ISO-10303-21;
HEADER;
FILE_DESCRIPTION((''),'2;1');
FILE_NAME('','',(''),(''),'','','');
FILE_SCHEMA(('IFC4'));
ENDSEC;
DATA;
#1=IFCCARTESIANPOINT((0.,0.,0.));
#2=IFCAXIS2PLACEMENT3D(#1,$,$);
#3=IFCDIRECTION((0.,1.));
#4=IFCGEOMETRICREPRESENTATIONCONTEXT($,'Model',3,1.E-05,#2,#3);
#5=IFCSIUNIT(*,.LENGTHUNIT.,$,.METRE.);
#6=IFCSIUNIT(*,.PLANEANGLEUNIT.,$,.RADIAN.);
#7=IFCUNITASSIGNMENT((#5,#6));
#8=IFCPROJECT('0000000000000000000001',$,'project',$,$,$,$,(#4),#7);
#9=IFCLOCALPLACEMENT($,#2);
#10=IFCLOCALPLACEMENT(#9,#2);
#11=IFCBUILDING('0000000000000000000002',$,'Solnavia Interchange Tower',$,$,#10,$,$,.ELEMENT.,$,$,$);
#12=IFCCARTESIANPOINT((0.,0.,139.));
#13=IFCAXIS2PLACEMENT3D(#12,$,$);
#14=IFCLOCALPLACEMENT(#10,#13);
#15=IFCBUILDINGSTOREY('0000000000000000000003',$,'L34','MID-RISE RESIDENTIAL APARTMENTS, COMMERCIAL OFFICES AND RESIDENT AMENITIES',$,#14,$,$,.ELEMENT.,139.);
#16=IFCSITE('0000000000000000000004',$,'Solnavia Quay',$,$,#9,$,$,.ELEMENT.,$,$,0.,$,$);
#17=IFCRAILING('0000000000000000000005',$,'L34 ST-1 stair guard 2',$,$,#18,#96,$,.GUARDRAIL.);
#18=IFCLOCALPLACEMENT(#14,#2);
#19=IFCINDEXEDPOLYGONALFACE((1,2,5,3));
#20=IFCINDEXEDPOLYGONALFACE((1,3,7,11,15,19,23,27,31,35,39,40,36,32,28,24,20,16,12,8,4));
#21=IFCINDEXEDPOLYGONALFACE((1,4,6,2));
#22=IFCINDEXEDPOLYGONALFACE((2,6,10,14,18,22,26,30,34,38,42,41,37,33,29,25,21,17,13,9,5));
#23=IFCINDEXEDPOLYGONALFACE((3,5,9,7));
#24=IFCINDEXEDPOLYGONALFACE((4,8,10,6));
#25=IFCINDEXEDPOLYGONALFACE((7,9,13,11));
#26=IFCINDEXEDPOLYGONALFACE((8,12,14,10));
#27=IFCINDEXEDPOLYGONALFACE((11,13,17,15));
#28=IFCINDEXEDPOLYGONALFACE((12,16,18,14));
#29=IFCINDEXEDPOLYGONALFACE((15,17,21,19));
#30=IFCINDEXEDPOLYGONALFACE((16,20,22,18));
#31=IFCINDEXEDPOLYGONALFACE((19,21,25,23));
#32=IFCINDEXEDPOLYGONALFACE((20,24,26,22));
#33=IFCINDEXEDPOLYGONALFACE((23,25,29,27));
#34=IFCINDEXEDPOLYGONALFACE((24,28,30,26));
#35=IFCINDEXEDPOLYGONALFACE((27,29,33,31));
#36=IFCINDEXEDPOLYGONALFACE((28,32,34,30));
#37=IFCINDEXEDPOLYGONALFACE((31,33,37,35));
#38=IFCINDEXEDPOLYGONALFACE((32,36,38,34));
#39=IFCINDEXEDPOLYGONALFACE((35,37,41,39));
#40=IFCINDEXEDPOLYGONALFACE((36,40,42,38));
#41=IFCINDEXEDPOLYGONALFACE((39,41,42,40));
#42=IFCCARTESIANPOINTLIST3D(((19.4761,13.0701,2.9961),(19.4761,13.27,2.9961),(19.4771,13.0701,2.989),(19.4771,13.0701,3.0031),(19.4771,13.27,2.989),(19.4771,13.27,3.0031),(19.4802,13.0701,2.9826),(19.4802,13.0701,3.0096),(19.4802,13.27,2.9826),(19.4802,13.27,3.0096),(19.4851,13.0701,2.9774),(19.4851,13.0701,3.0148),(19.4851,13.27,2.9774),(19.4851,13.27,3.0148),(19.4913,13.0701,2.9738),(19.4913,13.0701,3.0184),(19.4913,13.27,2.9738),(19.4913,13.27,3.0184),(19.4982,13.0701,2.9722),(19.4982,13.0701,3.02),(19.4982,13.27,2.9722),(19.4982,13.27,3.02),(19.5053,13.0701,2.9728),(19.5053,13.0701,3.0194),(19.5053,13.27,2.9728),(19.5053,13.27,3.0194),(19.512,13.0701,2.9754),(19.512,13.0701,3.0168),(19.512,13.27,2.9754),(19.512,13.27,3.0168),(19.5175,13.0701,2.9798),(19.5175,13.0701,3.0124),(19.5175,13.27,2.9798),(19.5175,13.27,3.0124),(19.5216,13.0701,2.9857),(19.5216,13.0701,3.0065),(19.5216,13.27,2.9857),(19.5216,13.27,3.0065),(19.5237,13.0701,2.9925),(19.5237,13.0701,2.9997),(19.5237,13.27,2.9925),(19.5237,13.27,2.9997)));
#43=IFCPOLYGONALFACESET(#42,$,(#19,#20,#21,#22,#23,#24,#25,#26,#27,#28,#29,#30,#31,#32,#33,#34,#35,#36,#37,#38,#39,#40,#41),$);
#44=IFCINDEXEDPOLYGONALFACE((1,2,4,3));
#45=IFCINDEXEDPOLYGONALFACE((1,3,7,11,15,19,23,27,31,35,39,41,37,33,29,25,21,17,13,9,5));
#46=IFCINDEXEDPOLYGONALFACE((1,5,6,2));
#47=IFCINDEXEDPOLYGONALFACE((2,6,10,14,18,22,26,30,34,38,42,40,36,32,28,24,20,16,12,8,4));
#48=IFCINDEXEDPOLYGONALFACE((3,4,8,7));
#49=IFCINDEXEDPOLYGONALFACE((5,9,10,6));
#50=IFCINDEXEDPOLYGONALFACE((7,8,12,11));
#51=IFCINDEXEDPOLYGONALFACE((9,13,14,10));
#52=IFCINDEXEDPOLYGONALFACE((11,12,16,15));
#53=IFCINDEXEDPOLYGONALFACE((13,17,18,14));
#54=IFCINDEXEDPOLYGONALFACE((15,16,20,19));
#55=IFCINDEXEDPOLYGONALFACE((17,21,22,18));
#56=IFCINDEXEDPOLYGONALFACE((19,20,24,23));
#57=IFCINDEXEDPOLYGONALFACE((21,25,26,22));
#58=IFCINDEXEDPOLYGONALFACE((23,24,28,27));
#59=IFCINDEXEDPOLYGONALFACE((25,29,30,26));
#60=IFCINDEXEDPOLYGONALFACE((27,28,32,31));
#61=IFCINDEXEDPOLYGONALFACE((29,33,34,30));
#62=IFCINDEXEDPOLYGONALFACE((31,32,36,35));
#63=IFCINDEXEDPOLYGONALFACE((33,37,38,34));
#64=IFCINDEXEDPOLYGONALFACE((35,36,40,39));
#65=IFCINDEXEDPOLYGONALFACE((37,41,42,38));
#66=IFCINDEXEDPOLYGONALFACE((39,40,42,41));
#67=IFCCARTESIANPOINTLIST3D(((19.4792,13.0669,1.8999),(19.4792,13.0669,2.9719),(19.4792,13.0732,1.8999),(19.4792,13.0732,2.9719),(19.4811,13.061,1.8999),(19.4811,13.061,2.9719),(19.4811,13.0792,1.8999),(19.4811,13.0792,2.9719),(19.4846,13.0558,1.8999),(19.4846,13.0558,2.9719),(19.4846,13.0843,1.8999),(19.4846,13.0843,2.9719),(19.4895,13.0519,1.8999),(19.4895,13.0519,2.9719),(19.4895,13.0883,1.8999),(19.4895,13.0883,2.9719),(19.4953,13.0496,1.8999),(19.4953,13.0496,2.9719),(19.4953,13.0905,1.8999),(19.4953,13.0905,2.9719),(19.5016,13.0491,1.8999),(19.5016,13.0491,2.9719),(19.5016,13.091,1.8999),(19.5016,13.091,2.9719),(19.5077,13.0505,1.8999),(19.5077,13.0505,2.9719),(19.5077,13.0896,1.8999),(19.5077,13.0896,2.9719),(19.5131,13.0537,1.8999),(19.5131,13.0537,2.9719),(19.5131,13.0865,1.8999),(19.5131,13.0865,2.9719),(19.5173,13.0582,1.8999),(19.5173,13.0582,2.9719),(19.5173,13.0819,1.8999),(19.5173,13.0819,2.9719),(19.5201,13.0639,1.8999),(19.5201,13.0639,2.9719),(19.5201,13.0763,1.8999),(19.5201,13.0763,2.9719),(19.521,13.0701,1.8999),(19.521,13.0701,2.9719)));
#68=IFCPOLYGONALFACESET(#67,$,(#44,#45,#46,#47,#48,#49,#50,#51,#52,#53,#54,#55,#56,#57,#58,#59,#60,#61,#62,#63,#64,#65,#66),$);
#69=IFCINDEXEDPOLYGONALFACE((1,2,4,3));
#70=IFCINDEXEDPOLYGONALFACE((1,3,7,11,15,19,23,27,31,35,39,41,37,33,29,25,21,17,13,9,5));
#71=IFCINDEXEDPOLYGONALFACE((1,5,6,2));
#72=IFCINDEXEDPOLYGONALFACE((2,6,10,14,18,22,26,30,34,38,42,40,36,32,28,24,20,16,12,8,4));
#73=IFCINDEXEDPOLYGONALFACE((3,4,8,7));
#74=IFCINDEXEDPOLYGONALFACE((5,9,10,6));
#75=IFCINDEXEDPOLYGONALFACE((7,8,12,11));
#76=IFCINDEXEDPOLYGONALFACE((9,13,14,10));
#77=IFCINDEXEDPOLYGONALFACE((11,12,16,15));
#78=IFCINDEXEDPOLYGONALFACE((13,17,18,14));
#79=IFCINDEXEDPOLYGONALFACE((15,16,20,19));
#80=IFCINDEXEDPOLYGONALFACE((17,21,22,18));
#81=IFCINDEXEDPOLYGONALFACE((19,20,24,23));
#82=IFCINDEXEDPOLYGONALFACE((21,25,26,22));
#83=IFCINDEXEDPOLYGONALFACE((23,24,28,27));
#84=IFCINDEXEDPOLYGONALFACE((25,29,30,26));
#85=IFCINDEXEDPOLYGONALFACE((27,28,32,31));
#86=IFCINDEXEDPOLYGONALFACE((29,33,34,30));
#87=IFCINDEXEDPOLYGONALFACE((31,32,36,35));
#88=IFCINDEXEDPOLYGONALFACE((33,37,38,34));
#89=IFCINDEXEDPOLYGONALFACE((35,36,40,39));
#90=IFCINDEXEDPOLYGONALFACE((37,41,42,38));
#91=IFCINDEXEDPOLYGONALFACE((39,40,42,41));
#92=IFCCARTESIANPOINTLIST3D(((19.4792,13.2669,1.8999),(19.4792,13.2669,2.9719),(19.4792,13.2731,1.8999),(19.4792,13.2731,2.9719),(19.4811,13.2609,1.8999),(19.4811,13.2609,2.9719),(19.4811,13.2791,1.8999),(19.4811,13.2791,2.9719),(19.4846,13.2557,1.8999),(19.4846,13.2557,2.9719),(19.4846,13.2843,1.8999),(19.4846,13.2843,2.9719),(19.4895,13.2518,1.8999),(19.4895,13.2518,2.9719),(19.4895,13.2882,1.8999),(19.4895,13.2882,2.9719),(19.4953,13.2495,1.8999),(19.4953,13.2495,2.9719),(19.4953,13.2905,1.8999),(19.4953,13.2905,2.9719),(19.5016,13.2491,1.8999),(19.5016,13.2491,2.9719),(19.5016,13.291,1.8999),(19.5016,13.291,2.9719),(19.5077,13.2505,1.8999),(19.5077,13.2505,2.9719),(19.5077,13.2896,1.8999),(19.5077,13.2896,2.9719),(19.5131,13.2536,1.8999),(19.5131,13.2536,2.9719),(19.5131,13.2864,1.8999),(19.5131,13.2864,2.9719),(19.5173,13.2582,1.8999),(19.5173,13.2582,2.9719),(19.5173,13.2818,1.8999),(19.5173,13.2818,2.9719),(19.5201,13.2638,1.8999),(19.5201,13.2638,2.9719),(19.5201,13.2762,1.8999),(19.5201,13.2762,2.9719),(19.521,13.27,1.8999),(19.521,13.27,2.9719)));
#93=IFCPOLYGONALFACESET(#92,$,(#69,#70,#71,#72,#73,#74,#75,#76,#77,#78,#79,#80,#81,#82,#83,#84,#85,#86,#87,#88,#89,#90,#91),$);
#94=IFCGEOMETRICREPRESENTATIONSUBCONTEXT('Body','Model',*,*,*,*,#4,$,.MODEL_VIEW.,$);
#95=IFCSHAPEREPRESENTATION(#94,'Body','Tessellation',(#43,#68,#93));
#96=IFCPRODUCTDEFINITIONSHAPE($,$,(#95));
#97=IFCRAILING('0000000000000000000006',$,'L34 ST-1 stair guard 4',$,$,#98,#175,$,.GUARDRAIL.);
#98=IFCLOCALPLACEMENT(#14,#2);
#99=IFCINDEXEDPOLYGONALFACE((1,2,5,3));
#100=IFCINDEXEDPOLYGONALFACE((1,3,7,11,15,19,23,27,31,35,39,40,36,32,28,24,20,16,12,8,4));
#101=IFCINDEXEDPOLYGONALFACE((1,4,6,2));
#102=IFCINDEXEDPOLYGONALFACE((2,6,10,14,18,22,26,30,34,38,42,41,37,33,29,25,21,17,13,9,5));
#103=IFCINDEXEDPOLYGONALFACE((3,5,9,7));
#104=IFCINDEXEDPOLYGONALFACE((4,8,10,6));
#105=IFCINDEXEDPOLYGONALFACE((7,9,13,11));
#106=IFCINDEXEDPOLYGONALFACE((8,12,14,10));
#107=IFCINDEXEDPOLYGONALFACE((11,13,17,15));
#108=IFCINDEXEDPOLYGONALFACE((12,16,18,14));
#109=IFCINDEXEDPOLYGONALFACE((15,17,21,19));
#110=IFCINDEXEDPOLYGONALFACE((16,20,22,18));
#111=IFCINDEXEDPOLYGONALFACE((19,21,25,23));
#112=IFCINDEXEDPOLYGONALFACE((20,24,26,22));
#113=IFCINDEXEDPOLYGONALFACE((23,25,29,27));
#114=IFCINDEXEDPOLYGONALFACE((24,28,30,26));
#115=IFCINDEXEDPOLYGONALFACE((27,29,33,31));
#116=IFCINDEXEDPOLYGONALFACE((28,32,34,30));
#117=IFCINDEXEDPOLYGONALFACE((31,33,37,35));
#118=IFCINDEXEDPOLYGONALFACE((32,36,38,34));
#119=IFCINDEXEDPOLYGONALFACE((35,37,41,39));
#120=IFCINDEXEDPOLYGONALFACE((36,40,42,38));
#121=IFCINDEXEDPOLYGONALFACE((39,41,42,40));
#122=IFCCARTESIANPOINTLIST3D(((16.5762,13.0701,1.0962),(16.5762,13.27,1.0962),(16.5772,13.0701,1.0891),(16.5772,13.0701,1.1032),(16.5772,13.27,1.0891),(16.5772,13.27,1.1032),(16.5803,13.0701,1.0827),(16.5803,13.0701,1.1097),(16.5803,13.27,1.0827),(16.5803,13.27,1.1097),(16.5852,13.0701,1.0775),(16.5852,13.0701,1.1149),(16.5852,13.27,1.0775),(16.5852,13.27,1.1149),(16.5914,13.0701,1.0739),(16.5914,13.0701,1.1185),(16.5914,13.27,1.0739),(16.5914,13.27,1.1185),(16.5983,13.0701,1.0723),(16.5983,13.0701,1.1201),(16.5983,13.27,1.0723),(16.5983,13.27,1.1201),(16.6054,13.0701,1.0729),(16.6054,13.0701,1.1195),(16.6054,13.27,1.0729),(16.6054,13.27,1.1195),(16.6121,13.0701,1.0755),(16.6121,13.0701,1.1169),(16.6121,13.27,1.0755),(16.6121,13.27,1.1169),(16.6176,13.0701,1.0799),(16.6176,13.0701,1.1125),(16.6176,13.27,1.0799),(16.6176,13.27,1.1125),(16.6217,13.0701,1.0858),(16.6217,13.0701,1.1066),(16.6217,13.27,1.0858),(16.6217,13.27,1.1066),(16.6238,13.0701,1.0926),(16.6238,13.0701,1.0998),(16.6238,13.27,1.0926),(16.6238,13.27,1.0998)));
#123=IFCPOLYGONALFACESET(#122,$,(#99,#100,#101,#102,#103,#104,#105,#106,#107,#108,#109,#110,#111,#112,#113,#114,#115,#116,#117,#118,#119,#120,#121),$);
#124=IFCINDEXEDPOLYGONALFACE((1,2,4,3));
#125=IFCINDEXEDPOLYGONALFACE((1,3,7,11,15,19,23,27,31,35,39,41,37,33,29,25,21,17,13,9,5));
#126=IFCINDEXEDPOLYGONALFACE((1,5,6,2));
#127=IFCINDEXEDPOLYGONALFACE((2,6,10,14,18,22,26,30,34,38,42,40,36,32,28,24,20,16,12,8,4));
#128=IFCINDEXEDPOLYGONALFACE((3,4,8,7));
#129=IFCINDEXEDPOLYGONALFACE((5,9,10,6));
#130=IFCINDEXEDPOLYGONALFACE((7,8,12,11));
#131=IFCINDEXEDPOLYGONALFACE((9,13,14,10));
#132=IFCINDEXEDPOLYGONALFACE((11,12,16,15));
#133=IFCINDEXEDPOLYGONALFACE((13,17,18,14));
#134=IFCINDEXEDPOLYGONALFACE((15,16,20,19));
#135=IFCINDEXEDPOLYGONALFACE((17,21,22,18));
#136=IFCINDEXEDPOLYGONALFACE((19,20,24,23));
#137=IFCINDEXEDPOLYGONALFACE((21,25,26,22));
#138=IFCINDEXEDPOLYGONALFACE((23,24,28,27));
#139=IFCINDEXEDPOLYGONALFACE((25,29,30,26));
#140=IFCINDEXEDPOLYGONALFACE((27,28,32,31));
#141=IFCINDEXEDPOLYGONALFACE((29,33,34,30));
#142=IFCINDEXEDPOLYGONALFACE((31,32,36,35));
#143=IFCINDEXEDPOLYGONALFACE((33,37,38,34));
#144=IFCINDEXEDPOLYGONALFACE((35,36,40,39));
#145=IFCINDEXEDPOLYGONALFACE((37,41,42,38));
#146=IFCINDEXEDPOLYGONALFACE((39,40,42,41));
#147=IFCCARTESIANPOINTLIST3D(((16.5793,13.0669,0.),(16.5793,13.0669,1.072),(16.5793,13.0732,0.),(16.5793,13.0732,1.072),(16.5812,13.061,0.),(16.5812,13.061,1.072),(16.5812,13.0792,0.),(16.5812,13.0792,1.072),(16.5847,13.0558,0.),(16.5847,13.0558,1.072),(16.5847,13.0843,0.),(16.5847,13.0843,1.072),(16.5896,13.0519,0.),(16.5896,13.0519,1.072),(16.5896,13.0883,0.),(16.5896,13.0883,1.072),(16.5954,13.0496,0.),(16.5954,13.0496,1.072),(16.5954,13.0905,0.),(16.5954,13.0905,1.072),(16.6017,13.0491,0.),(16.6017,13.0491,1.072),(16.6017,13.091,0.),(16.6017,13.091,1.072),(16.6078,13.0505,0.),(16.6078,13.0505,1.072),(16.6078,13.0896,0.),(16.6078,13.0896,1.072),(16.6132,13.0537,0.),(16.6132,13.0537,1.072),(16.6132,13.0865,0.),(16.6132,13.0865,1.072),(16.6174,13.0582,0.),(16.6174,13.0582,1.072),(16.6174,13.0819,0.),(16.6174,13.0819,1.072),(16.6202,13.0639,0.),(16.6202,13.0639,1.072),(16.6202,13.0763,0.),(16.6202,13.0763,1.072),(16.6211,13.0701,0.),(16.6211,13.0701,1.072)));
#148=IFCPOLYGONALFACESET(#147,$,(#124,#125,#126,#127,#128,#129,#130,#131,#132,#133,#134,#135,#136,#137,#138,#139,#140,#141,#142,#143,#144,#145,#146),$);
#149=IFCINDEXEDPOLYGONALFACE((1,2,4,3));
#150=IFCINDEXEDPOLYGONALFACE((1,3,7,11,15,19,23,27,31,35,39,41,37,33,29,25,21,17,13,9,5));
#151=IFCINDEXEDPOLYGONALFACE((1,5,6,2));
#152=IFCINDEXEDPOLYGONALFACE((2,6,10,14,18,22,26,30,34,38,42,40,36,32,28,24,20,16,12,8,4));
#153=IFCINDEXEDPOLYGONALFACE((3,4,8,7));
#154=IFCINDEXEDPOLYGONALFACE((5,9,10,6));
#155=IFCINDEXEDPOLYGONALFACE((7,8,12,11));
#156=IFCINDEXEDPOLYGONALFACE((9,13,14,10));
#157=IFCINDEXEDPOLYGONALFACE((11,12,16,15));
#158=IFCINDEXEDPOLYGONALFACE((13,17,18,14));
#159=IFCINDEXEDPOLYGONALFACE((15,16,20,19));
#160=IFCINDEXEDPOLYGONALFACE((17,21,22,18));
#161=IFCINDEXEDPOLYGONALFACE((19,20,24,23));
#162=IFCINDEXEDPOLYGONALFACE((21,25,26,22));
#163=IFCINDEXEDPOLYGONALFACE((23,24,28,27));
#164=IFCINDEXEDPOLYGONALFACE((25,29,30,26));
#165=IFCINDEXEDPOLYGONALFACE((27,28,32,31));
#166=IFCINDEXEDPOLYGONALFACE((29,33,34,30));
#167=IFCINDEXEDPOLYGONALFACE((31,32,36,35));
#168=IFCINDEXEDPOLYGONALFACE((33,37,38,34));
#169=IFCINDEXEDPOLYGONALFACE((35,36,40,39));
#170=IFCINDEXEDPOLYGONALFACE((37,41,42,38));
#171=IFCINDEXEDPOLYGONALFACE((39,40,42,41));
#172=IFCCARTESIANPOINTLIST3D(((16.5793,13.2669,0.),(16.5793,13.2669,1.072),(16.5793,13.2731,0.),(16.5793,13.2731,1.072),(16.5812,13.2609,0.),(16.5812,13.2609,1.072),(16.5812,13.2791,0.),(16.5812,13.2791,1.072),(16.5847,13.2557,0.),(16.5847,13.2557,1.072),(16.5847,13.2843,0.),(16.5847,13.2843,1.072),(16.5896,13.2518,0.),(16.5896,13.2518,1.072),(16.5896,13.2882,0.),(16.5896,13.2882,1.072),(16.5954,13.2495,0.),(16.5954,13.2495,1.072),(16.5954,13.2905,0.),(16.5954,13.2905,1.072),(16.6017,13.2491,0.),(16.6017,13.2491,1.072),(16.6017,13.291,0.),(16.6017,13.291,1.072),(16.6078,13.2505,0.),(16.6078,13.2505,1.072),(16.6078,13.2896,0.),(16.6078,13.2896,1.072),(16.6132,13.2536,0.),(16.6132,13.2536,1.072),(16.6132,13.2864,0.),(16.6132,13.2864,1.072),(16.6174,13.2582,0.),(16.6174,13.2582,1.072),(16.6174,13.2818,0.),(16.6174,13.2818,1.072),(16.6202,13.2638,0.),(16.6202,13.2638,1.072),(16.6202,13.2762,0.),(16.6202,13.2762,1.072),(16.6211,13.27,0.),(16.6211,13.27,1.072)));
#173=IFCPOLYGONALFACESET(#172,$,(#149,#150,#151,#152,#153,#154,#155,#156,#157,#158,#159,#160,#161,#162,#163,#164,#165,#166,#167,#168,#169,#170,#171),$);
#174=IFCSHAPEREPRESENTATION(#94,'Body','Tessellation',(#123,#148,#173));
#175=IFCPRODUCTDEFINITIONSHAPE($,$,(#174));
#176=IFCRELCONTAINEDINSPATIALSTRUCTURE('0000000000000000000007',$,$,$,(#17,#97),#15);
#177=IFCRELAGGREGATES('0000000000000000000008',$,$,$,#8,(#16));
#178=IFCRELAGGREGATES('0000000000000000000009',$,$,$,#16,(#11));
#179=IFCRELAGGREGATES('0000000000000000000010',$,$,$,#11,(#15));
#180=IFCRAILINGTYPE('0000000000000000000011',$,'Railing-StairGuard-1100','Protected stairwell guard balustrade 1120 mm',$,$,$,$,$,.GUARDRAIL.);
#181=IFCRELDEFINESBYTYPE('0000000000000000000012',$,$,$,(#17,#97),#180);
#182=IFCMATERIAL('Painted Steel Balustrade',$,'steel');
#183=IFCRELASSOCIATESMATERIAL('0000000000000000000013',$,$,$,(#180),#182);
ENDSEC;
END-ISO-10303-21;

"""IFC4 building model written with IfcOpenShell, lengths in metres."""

from ifc_helpers import new_model, si_unit, direction, frame, origin, origin_2d, place, context, subcontext, project, spatial, circle, extrude, material, type_object, element, save


model = new_model("IFC4")

# Units and contexts
model_context = context("Model", 3, precision=1e-05, world=origin(), true_north=direction((0.0, 1.0)))
body_context = subcontext(model_context, "Body", "Model", "MODEL_VIEW")
ifc_project = project(units=[si_unit("LENGTHUNIT", "METRE"), si_unit("PLANEANGLEUNIT", "RADIAN")], contexts=[model_context])

# Site, building, storey
site_placement = place(None, origin())
site = spatial("IfcSite", under=ifc_project, at=site_placement, Name="Solnavia Quay", CompositionType="ELEMENT", RefElevation=0.0)
building_placement = place(site_placement, origin())
building = spatial("IfcBuilding", under=site, at=building_placement, Name="Solnavia Interchange Tower", CompositionType="ELEMENT")
storey_placement = place(building_placement, frame((0.0, 0.0, 139.0)))
storey = spatial("IfcBuildingStorey", under=building, at=storey_placement, Name="L34", Description="MID-RISE RESIDENTIAL APARTMENTS, COMMERCIAL OFFICES AND RESIDENT AMENITIES", CompositionType="ELEMENT", Elevation=139.0)

# Railings
ifc_material_1 = material(Name="Painted Steel Balustrade", Category="steel")
railing_type_1 = type_object("IfcRailingType", Name="Railing-StairGuard-1100", Description="Protected stairwell guard balustrade 1120 mm", PredefinedType="GUARDRAIL", material=ifc_material_1)
for number, where, name in (
    (1, (19.5, 13.0701, 1.8999), "L34 ST-1 stair guard 2"),
    (2, (16.6001, 13.0701, 0.0), "L34 ST-1 stair guard 4"),
):
    element("IfcRailing", number, at=place(storey_placement, frame(where)), inside=storey, type_object=railing_type_1, Name=name, PredefinedType="GUARDRAIL", context=body_context, shape_type="SweptSolid", body=[
        extrude(circle(Radius=0.0239, at=origin_2d()), frame((0.0, 0.0, 1.0962), z_axis=(0.0, 1.0, 0.0), x_axis=(-1.0, 0.0, 0.0)), (0.0, 0.0, 1.0), 0.2),
        extrude(circle(Radius=0.021, at=origin_2d()), origin(), (0.0, 0.0, 1.0), 1.072),
        extrude(circle(Radius=0.021, at=origin_2d()), frame((0.0, 0.2, 0.0)), (0.0, 0.0, 1.0), 1.072),
    ])

save(model, "model.ifc")
